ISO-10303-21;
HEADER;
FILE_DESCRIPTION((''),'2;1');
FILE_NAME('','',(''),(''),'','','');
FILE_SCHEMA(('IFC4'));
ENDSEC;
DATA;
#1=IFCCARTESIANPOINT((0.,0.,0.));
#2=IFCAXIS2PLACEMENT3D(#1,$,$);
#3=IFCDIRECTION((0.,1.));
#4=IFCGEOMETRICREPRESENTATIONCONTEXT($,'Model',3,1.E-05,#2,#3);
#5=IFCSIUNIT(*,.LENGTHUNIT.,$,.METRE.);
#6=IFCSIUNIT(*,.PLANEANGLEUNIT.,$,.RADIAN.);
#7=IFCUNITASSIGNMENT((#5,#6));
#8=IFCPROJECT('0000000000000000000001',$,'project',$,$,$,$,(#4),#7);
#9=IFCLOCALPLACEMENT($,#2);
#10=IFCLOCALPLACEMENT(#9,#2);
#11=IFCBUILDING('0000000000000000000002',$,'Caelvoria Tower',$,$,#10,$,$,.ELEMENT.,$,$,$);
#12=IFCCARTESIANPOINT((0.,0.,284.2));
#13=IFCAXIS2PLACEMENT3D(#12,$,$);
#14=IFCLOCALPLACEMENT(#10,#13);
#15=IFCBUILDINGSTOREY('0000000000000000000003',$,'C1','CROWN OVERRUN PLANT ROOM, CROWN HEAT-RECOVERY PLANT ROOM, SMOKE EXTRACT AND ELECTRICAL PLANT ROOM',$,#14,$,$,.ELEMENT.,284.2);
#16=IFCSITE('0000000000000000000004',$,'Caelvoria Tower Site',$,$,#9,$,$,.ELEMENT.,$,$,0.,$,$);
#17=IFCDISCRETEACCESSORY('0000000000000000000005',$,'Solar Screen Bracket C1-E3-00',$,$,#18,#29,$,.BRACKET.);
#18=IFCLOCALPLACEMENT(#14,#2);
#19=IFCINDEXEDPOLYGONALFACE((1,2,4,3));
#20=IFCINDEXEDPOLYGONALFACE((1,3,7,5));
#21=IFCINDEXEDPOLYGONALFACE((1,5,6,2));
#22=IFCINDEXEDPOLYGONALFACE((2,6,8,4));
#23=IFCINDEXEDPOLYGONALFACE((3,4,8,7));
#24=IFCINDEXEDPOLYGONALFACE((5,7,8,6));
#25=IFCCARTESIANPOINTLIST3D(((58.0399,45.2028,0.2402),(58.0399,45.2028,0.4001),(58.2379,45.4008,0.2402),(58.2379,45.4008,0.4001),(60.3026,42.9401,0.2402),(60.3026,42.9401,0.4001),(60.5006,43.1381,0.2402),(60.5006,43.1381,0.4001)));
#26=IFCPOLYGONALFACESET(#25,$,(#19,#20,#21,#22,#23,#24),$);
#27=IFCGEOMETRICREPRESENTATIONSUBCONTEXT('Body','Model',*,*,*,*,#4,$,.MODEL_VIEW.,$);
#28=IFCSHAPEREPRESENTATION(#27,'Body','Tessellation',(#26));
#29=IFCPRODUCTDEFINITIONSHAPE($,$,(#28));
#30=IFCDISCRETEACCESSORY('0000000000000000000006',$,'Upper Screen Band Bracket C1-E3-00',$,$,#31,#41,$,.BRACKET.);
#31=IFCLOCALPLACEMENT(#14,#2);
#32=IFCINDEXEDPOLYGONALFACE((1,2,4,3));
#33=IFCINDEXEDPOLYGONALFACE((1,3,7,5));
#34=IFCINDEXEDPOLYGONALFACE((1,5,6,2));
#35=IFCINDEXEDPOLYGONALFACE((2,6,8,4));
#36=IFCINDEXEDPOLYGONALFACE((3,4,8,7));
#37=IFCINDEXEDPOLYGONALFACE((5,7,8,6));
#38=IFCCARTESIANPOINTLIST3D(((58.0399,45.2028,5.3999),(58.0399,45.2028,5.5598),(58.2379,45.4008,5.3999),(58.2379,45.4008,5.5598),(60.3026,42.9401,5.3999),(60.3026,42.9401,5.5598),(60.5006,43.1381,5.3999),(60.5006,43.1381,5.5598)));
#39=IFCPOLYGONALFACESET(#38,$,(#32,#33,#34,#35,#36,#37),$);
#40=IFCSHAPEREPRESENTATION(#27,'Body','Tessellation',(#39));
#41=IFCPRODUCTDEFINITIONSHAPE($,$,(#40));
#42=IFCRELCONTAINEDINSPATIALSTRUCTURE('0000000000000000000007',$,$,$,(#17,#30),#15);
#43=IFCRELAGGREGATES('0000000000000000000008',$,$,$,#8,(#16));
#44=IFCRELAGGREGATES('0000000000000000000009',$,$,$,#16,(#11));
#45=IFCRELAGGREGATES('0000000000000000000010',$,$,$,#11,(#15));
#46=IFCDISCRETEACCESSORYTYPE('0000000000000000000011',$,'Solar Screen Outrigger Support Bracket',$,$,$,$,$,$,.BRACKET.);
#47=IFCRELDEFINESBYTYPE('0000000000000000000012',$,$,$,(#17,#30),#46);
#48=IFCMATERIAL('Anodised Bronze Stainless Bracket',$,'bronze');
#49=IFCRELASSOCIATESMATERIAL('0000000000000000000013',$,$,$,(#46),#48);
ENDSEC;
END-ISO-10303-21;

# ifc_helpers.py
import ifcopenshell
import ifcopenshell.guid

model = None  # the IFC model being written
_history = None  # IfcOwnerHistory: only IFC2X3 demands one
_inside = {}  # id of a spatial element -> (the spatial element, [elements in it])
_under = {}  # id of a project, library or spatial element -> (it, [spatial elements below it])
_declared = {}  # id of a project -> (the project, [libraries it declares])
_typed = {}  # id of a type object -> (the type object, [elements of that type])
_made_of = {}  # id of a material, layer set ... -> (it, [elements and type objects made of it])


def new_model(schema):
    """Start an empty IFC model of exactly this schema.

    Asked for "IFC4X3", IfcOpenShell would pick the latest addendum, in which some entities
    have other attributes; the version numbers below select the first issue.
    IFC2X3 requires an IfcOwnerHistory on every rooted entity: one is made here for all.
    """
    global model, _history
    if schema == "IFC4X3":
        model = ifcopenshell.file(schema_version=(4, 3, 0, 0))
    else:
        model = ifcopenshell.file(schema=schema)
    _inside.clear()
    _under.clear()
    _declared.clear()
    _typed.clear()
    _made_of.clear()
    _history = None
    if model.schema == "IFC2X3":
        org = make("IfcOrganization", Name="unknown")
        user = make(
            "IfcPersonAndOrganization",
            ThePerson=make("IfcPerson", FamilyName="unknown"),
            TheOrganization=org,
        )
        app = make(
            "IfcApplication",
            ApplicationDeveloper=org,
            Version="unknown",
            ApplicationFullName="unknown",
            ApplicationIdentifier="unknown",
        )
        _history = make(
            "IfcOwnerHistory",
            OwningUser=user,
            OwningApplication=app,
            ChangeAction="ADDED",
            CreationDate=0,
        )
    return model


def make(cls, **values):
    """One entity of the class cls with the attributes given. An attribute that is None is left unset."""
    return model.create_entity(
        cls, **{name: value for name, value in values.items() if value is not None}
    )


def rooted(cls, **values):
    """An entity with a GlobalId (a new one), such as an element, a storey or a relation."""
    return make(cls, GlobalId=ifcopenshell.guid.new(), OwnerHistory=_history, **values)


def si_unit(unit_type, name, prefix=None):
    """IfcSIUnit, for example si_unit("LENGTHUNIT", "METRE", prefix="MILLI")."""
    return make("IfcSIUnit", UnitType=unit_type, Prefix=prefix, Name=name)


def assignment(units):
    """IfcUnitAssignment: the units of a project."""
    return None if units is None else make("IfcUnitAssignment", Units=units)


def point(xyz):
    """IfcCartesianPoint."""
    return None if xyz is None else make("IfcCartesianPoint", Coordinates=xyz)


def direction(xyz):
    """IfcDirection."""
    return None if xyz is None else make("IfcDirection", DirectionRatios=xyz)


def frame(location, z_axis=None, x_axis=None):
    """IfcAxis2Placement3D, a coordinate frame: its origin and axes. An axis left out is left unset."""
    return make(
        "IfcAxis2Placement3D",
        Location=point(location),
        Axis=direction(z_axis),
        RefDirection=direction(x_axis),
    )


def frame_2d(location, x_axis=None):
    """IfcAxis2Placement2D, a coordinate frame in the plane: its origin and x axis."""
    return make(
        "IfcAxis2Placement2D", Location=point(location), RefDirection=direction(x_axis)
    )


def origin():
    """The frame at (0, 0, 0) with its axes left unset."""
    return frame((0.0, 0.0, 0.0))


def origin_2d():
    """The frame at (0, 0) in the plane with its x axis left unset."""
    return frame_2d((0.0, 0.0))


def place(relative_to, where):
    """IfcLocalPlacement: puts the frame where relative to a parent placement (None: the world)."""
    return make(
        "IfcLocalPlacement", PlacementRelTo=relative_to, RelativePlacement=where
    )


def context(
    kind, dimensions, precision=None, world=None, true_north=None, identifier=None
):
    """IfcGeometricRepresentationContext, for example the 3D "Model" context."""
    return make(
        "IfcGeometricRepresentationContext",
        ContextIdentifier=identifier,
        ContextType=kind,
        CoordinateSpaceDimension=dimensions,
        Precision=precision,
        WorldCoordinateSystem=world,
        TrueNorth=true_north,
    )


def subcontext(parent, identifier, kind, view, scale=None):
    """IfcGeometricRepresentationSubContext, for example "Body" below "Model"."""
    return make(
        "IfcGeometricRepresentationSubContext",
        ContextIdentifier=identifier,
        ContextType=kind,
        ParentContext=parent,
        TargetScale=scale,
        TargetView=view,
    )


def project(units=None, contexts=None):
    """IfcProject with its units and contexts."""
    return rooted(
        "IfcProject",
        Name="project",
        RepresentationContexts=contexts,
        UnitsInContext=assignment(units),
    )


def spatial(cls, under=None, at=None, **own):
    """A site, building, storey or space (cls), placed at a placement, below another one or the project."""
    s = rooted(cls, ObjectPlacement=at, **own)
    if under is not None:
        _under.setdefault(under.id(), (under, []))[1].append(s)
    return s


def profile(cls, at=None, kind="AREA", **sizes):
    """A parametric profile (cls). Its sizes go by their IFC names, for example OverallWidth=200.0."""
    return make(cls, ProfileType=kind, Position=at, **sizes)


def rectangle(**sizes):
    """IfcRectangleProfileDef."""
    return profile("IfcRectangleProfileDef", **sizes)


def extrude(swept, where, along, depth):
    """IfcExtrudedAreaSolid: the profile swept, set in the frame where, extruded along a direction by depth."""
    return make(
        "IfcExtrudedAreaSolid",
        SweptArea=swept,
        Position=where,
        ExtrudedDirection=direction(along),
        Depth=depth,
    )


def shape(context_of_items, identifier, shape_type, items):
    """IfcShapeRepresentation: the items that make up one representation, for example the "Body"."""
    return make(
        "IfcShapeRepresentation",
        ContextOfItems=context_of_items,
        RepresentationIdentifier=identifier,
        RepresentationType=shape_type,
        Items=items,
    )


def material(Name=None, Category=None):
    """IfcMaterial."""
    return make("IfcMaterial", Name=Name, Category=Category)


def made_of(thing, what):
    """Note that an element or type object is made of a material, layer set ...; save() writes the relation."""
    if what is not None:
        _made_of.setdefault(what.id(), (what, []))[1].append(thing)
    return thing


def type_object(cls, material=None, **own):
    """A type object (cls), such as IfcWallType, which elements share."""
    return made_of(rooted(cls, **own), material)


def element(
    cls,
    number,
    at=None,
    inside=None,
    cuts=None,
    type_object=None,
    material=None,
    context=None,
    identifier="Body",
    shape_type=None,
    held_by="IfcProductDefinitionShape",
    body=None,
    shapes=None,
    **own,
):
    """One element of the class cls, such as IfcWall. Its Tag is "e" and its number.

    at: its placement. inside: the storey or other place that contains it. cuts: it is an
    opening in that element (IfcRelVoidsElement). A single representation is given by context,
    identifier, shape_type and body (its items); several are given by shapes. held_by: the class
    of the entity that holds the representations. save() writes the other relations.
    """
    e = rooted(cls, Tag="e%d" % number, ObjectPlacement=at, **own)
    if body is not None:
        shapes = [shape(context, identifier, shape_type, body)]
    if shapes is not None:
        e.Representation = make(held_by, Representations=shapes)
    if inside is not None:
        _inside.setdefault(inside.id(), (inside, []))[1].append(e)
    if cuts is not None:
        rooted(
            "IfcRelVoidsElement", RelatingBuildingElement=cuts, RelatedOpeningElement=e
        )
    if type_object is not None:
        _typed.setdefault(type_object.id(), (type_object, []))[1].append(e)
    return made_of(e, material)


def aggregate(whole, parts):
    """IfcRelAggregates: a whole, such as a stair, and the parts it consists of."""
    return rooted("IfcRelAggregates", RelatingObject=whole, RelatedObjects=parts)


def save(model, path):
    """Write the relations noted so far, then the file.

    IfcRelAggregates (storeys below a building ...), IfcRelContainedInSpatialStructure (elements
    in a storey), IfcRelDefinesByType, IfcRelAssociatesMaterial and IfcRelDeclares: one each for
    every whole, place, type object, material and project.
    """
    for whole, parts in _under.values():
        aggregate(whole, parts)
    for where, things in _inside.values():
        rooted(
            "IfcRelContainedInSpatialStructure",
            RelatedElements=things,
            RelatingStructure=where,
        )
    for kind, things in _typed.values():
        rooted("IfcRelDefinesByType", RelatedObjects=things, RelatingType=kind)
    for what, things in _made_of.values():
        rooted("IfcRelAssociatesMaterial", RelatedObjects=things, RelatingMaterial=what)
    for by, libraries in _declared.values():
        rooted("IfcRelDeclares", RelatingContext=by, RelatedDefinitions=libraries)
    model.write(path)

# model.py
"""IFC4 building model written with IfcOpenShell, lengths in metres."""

from ifc_helpers import new_model, si_unit, direction, frame, origin, origin_2d, place, context, subcontext, project, spatial, rectangle, extrude, material, type_object, element, save


model = new_model("IFC4")

# Units and contexts
model_context = context("Model", 3, precision=1e-05, world=origin(), true_north=direction((0.0, 1.0)))
body_context = subcontext(model_context, "Body", "Model", "MODEL_VIEW")
ifc_project = project(units=[si_unit("LENGTHUNIT", "METRE"), si_unit("PLANEANGLEUNIT", "RADIAN")], contexts=[model_context])

# Site, building, storey
site_placement = place(None, origin())
site = spatial("IfcSite", under=ifc_project, at=site_placement, Name="Caelvoria Tower Site", CompositionType="ELEMENT", RefElevation=0.0)
building_placement = place(site_placement, origin())
building = spatial("IfcBuilding", under=site, at=building_placement, Name="Caelvoria Tower", CompositionType="ELEMENT")
storey_placement = place(building_placement, frame((0.0, 0.0, 284.2)))
storey = spatial("IfcBuildingStorey", under=building, at=storey_placement, Name="C1", Description="CROWN OVERRUN PLANT ROOM, CROWN HEAT-RECOVERY PLANT ROOM, SMOKE EXTRACT AND ELECTRICAL PLANT ROOM", CompositionType="ELEMENT", Elevation=284.2)

# Discrete accessories
ifc_material_1 = material(Name="Anodised Bronze Stainless Bracket", Category="bronze")
discrete_accessory_type = type_object("IfcDiscreteAccessoryType", Name="Solar Screen Outrigger Support Bracket", PredefinedType="BRACKET", material=ifc_material_1)
for number, where, z_axis, x_axis, name in (
    (1, (59.2703, 44.1704, 0.2402), (0.0, 0.0, 1.0), (-0.707107, 0.707107, 0.0), "Solar Screen Bracket C1-E3-00"),
    (2, (59.2703, 44.1704, 5.3999), (0.0, 0.0, 1.0), (-0.707107, 0.707107, 0.0), "Upper Screen Band Bracket C1-E3-00"),
):
    element("IfcDiscreteAccessory", number, at=place(storey_placement, frame(where, z_axis=z_axis, x_axis=x_axis)), inside=storey, type_object=discrete_accessory_type, Name=name, PredefinedType="BRACKET", context=body_context, shape_type="SweptSolid", body=[
        extrude(rectangle(XDim=3.2, YDim=0.28, at=origin_2d()), origin(), (0.0, 0.0, 1.0), 0.1599),
    ])

save(model, "model.ifc")
